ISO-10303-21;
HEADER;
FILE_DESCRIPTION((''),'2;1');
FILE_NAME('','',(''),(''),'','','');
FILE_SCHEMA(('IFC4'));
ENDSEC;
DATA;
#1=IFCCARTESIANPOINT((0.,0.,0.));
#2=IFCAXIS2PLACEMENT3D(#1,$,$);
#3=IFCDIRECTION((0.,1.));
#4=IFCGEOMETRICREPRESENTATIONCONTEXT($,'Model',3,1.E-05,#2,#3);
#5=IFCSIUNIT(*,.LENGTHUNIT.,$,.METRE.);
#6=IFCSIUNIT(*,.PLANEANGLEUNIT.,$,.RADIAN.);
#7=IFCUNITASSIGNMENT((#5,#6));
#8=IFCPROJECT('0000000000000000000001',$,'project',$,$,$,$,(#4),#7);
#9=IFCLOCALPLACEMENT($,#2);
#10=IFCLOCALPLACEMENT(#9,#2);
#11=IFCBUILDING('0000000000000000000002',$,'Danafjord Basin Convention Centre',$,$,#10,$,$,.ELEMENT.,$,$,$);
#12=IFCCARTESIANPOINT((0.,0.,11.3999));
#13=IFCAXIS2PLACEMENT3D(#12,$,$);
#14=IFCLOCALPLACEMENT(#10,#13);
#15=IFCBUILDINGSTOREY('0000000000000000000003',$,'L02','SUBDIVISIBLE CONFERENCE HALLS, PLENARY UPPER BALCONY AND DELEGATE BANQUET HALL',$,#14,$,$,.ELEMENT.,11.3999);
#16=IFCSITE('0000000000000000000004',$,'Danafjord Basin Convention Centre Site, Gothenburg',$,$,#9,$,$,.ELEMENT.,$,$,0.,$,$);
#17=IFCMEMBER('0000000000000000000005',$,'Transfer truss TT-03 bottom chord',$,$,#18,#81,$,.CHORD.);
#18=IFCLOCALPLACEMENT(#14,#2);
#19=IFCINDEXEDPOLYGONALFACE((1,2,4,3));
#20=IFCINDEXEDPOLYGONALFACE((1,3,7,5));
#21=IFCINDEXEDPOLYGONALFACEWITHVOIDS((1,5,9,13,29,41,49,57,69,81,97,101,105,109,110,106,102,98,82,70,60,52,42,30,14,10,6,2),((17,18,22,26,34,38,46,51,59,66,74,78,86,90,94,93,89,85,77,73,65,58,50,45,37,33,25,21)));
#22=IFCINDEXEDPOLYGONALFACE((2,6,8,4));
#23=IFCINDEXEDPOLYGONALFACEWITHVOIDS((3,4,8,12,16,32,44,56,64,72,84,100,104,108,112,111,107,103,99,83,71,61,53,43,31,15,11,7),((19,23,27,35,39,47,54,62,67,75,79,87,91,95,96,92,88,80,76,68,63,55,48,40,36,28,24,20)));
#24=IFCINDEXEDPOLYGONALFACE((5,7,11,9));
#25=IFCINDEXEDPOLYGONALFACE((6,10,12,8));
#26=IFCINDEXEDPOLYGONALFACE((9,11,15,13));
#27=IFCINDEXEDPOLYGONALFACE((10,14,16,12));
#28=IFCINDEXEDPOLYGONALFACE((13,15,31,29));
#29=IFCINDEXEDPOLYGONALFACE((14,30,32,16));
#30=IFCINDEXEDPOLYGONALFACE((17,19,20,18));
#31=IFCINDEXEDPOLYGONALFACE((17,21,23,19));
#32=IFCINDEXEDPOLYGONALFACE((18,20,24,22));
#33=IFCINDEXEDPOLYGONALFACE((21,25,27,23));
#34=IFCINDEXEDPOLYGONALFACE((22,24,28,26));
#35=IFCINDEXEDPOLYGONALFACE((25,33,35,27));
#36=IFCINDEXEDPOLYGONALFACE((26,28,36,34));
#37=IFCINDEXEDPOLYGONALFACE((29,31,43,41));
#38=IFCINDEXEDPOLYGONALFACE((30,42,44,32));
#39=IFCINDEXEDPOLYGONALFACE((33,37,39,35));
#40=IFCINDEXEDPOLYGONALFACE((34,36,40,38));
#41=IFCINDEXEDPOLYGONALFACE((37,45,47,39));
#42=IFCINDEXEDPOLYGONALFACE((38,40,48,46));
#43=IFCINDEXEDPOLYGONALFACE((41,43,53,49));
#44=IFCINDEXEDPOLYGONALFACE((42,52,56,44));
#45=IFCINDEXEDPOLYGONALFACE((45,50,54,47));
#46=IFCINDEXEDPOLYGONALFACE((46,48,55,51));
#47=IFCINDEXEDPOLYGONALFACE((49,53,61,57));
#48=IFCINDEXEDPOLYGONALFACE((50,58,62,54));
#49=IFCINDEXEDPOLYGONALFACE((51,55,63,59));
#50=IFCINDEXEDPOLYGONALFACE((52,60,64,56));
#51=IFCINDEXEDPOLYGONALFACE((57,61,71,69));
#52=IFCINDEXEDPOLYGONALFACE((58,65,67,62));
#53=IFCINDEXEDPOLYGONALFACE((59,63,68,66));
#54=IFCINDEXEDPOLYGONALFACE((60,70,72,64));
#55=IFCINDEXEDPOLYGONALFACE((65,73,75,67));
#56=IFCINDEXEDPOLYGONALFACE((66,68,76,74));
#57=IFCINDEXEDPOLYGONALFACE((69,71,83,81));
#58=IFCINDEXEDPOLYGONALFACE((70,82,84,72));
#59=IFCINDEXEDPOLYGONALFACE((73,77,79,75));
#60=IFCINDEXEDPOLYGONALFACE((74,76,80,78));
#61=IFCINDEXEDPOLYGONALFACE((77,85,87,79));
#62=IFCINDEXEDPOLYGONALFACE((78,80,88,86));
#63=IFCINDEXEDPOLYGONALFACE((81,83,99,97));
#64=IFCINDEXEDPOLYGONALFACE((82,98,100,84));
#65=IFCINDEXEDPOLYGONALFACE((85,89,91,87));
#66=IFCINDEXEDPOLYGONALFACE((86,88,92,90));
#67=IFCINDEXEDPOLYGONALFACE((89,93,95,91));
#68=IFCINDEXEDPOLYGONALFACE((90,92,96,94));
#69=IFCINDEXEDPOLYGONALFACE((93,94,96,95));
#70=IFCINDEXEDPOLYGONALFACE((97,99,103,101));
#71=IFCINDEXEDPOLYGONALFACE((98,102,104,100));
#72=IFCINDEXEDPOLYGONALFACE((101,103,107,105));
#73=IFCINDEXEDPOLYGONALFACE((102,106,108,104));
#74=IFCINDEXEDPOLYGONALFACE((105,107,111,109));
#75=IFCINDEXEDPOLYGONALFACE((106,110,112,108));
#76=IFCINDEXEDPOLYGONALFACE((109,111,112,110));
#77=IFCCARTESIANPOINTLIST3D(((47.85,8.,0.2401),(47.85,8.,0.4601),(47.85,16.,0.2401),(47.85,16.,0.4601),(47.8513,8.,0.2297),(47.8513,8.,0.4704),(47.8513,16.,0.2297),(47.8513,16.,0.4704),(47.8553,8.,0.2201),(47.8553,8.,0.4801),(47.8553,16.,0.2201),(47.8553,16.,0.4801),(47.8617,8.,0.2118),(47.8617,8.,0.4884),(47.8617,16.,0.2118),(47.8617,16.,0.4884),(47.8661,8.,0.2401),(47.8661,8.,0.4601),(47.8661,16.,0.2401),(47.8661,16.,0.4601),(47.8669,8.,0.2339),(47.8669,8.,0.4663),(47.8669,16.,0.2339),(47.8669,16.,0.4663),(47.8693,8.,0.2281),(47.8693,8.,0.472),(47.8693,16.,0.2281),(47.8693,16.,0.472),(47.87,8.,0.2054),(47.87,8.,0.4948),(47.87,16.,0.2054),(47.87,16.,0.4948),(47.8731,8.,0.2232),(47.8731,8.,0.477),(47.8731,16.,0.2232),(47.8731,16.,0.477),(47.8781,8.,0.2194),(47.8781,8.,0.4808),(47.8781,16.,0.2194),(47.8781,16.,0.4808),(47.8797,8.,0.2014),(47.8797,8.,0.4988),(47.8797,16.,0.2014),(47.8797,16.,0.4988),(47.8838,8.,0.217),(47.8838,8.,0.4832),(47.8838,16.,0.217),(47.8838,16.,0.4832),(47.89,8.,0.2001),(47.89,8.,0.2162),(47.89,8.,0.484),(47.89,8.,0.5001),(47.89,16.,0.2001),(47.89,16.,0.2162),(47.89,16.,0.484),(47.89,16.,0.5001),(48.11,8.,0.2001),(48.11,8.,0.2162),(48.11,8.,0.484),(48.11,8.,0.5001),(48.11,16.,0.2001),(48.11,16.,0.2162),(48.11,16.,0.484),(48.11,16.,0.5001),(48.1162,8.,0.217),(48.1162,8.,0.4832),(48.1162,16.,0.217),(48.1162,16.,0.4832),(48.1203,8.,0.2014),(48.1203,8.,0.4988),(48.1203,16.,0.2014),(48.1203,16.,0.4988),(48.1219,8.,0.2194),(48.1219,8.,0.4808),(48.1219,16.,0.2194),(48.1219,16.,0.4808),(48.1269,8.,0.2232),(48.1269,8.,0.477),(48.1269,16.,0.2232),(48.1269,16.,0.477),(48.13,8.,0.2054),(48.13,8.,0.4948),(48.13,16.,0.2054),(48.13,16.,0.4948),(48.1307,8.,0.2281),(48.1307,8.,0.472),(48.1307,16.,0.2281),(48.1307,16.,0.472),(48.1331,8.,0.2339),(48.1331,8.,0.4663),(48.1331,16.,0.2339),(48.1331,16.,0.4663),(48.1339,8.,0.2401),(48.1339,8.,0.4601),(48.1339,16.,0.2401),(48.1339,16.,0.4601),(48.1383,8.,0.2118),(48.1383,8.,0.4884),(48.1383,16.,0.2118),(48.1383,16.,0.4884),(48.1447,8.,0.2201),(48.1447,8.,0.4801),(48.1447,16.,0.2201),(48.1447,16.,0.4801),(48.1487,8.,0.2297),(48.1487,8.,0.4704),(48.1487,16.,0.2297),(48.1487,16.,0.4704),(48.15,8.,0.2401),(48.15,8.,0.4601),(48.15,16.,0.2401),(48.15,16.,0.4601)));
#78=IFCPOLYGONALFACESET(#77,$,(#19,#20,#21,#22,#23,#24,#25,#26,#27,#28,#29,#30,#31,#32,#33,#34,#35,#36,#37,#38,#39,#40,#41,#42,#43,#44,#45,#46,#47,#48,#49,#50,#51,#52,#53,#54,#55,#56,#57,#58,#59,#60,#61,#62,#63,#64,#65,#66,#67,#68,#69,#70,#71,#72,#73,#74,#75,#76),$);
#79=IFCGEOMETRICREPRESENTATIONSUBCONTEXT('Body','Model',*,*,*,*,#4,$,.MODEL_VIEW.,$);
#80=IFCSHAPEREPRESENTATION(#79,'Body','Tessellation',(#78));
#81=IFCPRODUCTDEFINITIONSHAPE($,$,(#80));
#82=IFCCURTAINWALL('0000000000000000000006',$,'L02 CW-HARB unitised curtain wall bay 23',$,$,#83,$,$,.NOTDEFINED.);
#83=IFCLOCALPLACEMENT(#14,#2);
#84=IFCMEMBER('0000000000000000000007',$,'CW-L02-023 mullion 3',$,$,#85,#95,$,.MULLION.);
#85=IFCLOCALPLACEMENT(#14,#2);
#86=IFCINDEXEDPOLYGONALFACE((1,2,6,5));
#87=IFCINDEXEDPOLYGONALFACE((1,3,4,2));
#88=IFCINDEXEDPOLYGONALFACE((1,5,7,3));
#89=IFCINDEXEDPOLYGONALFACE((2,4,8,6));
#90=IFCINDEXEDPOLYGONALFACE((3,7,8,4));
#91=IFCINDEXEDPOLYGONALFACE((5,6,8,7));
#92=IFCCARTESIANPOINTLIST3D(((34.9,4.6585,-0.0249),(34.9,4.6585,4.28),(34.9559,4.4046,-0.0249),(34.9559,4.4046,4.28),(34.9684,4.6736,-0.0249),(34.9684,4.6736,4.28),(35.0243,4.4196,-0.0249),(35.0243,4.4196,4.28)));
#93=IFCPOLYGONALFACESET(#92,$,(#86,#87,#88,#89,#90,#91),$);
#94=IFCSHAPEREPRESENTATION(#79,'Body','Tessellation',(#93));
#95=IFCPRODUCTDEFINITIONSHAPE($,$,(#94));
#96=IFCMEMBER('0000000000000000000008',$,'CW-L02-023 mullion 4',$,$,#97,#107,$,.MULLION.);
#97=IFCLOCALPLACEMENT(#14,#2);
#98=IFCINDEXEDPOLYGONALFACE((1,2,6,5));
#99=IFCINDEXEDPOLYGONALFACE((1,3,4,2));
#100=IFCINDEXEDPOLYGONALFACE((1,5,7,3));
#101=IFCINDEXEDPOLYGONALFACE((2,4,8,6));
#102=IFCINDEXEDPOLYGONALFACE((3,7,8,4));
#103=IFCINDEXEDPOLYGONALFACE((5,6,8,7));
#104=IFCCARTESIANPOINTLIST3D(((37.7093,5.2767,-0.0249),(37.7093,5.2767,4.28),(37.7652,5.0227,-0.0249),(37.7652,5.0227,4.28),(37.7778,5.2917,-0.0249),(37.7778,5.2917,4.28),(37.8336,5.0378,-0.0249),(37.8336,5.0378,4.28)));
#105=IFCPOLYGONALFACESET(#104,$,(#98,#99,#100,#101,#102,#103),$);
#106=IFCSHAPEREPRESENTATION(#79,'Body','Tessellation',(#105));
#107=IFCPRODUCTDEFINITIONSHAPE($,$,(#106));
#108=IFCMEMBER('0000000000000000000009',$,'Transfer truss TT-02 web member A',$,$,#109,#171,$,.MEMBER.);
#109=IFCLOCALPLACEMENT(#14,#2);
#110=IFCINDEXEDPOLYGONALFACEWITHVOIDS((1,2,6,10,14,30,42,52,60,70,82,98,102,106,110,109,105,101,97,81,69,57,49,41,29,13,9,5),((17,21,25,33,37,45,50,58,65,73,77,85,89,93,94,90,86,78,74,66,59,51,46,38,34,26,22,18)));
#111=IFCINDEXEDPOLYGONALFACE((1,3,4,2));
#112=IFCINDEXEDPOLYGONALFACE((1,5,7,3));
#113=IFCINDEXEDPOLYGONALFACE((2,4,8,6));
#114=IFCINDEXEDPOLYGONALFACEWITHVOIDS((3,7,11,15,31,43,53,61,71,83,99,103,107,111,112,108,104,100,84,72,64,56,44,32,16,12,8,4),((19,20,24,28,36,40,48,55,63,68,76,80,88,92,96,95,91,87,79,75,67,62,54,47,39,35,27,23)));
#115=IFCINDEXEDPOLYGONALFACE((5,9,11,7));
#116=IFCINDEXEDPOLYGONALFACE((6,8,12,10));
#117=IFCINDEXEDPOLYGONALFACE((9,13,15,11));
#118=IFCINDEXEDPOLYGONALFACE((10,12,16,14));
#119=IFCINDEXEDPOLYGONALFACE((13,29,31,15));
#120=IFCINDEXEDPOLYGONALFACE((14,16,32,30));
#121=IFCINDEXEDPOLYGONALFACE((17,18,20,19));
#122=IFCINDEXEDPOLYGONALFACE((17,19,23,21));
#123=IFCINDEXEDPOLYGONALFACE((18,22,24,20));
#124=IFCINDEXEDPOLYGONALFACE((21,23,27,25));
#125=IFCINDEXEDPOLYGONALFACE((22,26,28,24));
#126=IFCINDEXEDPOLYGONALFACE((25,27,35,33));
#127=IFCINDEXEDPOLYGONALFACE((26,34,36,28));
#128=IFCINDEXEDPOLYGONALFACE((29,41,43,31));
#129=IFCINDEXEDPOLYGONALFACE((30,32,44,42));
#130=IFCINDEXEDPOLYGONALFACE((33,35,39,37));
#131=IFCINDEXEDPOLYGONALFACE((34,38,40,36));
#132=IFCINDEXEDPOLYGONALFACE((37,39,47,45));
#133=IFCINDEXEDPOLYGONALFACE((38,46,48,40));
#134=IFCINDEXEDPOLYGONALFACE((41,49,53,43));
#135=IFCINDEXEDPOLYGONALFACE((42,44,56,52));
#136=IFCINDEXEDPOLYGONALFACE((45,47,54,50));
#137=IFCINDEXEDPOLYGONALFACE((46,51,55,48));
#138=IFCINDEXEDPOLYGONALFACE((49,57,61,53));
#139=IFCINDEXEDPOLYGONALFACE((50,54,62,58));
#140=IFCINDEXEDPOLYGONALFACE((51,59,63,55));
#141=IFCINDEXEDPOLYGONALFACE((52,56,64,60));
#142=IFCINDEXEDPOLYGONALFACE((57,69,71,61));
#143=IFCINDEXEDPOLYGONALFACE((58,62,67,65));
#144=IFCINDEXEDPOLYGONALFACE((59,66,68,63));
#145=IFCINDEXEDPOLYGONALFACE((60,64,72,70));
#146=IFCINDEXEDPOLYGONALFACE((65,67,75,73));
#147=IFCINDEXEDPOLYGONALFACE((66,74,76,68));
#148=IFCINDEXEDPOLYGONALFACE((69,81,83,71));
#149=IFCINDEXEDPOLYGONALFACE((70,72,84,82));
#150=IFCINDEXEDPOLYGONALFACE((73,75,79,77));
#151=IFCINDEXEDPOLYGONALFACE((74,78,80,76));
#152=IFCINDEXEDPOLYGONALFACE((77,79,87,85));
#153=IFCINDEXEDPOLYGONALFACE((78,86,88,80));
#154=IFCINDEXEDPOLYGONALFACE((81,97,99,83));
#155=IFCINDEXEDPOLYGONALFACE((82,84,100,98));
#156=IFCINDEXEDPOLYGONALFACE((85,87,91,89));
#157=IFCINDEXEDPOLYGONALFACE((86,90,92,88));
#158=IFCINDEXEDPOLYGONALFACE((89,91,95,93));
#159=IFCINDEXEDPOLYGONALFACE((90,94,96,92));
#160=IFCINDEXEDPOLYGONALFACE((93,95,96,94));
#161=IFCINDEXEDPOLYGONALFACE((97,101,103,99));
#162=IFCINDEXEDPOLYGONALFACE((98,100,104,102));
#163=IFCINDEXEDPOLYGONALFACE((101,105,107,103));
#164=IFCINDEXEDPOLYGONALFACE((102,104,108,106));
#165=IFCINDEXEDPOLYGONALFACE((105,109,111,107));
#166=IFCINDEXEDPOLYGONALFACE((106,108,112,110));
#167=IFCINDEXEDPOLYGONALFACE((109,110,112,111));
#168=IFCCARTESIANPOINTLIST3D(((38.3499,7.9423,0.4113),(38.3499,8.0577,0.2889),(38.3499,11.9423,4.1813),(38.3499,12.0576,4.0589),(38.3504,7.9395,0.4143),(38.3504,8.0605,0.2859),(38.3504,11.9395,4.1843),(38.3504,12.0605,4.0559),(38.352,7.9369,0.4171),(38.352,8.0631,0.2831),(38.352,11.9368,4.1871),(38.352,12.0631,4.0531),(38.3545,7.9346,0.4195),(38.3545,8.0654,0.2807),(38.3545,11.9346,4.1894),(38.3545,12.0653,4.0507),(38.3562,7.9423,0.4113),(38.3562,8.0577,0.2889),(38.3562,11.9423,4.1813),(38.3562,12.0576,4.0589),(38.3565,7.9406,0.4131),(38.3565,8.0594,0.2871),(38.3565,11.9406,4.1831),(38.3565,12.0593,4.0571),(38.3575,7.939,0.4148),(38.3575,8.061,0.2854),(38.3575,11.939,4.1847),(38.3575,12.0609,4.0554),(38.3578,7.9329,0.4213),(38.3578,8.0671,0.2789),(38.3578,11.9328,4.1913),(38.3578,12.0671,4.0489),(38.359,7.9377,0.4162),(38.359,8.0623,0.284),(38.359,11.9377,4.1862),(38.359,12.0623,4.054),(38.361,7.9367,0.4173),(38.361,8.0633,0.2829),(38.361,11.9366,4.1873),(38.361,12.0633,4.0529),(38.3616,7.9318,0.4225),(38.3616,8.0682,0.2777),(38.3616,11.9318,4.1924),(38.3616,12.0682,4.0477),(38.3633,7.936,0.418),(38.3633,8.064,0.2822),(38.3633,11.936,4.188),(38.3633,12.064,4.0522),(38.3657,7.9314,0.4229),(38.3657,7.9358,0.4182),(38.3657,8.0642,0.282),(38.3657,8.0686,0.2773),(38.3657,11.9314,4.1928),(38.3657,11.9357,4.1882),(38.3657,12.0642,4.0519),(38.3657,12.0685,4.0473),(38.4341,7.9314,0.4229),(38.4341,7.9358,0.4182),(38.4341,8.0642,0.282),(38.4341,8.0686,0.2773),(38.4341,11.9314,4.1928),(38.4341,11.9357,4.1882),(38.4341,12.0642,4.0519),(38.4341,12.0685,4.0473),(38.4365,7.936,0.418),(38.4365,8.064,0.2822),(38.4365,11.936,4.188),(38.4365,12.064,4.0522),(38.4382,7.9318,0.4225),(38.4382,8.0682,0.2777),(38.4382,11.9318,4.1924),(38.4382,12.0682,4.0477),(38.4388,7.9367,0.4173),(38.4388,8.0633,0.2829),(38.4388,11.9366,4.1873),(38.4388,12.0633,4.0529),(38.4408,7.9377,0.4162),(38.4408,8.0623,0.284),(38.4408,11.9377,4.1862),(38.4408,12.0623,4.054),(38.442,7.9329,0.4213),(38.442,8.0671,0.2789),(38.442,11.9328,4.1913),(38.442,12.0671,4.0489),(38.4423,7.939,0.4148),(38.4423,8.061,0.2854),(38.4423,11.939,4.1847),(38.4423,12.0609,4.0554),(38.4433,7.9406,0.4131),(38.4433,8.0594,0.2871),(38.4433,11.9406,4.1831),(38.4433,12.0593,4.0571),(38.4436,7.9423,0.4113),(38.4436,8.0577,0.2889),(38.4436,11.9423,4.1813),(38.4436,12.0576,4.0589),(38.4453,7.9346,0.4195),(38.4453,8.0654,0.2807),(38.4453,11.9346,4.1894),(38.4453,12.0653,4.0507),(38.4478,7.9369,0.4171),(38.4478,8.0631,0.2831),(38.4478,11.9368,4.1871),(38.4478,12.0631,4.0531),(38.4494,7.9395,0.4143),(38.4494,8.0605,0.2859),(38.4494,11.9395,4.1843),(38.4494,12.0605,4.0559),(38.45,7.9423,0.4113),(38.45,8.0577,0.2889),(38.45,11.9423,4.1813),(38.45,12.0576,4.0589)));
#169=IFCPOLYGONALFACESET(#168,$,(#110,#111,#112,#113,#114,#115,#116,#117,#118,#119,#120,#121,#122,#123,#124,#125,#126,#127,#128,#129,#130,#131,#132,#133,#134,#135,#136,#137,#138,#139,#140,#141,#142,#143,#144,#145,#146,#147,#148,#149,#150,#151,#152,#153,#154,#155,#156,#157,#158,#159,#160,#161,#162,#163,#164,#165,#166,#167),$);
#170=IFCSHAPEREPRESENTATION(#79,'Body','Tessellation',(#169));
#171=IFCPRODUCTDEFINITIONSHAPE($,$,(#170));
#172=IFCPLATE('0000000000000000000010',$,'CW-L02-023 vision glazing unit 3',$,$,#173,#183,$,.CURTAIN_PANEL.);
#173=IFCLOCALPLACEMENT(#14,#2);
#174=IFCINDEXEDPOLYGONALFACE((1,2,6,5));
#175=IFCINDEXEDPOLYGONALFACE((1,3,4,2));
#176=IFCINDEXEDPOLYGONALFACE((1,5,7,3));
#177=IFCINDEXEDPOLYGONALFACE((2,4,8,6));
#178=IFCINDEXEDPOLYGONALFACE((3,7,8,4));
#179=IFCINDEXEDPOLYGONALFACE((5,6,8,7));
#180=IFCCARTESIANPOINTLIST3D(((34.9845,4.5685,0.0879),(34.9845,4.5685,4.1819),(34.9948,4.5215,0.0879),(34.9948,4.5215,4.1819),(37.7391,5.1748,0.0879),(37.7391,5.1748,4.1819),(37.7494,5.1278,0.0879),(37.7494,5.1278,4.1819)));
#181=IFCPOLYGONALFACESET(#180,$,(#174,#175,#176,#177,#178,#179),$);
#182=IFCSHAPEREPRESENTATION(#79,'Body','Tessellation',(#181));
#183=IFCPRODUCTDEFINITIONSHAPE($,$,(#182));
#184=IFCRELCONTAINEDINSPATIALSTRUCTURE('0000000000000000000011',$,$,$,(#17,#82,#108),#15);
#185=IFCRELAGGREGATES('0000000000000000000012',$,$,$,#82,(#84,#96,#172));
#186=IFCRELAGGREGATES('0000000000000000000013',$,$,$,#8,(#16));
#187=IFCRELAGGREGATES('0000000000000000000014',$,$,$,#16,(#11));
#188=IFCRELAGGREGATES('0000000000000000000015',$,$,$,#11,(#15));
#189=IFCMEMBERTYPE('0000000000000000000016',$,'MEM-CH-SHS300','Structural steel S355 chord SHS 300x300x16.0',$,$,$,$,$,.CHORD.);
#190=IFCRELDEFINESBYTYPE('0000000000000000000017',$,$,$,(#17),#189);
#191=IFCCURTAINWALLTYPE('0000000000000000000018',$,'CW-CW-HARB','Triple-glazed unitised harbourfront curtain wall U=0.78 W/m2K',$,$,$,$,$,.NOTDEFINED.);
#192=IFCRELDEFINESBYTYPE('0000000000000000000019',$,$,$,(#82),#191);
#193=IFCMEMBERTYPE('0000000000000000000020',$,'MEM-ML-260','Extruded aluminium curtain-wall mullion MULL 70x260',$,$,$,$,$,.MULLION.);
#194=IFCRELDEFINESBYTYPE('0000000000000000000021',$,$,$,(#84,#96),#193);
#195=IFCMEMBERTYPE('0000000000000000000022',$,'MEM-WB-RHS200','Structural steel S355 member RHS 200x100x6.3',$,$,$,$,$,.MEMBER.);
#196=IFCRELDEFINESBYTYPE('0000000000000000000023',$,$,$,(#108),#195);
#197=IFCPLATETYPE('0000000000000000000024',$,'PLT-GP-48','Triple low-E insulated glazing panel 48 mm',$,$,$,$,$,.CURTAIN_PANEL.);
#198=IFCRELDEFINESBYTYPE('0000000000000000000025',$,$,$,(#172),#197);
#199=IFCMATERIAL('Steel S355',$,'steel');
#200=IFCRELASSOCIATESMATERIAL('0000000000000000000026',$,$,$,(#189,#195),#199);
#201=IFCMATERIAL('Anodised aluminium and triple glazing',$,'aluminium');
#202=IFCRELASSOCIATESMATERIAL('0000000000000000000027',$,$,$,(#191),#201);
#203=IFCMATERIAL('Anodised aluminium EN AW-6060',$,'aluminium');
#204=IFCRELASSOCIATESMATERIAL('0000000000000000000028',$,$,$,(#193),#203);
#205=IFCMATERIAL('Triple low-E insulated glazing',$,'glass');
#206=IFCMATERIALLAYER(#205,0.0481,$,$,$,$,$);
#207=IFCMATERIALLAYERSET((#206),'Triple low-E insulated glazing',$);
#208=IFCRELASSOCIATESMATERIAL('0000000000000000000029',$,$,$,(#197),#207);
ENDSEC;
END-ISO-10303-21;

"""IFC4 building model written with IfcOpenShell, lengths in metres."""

from ifc_helpers import new_model, si_unit, direction, frame, origin, origin_2d, place, context, subcontext, project, spatial, rectangle, hollow_rectangle, extrude, material, layer, layer_set, material_profile, profile_set, type_object, element, aggregate, save


model = new_model("IFC4")

# Units and contexts
model_context = context("Model", 3, precision=1e-05, world=origin(), true_north=direction((0.0, 1.0)))
body_context = subcontext(model_context, "Body", "Model", "MODEL_VIEW")
ifc_project = project(units=[si_unit("LENGTHUNIT", "METRE"), si_unit("PLANEANGLEUNIT", "RADIAN")], contexts=[model_context])

# Site, building, storey
site_placement = place(None, origin())
site = spatial("IfcSite", under=ifc_project, at=site_placement, Name="Danafjord Basin Convention Centre Site, Gothenburg", CompositionType="ELEMENT", RefElevation=0.0)
building_placement = place(site_placement, origin())
building = spatial("IfcBuilding", under=site, at=building_placement, Name="Danafjord Basin Convention Centre", CompositionType="ELEMENT")
storey_placement = place(building_placement, frame((0.0, 0.0, 11.3999)))
storey = spatial("IfcBuildingStorey", under=building, at=storey_placement, Name="L02", Description="SUBDIVISIBLE CONFERENCE HALLS, PLENARY UPPER BALCONY AND DELEGATE BANQUET HALL", CompositionType="ELEMENT", Elevation=11.3999)

# Shared definitions
ifc_material_1 = material(Name="Steel S355", Category="steel")

# Member
ifc_material_profile_1 = material_profile(ifc_material_1, hollow_rectangle(XDim=0.3, YDim=0.3, WallThickness=0.0161, InnerFilletRadius=0.0239, OuterFilletRadius=0.04, at=origin_2d()), Name="SHS 300x300x16.0")
ifc_profile_set_1 = profile_set([ifc_material_profile_1], Name="Steel S355")
member_type_1 = type_object("IfcMemberType", Name="MEM-CH-SHS300", Description="Structural steel S355 chord SHS 300x300x16.0", PredefinedType="CHORD", material=ifc_profile_set_1)
for number, where, z_axis, x_axis, name in (
    (1, (48.0, 8.0, 0.3501), (0.0, 1.0, 0.0), (-1.0, 0.0, 0.0), "Transfer truss TT-03 bottom chord"),
):
    element("IfcMember", number, at=place(storey_placement, frame(where, z_axis=z_axis, x_axis=x_axis)), inside=storey, type_object=member_type_1, Name=name, PredefinedType="CHORD", context=body_context, shape_type="SweptSolid", body=[
        extrude(hollow_rectangle(XDim=0.3, YDim=0.3, WallThickness=0.0161, InnerFilletRadius=0.0239, OuterFilletRadius=0.04, at=origin_2d()), origin(), (0.0, 0.0, 1.0), 8.0),
    ])

# Curtain wall, members
ifc_material_2 = material(Name="Anodised aluminium and triple glazing", Category="aluminium")
curtain_wall_type = type_object("IfcCurtainWallType", Name="CW-CW-HARB", Description="Triple-glazed unitised harbourfront curtain wall U=0.78 W/m2K", PredefinedType="NOTDEFINED", material=ifc_material_2)
curtain_wall_placement = place(storey_placement, origin())
curtain_wall = element("IfcCurtainWall", 2, at=curtain_wall_placement, inside=storey, type_object=curtain_wall_type, Name="L02 CW-HARB unitised curtain wall bay 23", PredefinedType="NOTDEFINED")
ifc_material_3 = material(Name="Anodised aluminium EN AW-6060", Category="aluminium")
ifc_material_profile_2 = material_profile(ifc_material_3, rectangle(XDim=0.0701, YDim=0.26, at=origin_2d()), Name="MULL 70x260")
ifc_profile_set_2 = profile_set([ifc_material_profile_2], Name="Anodised aluminium EN AW-6060")
member_type_2 = type_object("IfcMemberType", Name="MEM-ML-260", Description="Extruded aluminium curtain-wall mullion MULL 70x260", PredefinedType="MULLION", material=ifc_profile_set_2)
member_1_placement = place(storey_placement, frame((34.9622, 4.5391, -0.0249), z_axis=(0.0, 0.0, 1.0), x_axis=(0.976623, 0.214959, 0.0)))
member_1 = element("IfcMember", 3, at=member_1_placement, type_object=member_type_2, Name="CW-L02-023 mullion 3", PredefinedType="MULLION", context=body_context, shape_type="SweptSolid", body=[
    extrude(rectangle(XDim=0.0701, YDim=0.26, at=origin_2d()), origin(), (0.0, 0.0, 1.0), 4.3049),
])
member_2_placement = place(storey_placement, frame((37.7715, 5.1572, -0.0249), z_axis=(0.0, 0.0, 1.0), x_axis=(0.976623, 0.214959, 0.0)))
member_2 = element("IfcMember", 4, at=member_2_placement, type_object=member_type_2, Name="CW-L02-023 mullion 4", PredefinedType="MULLION", context=body_context, shape_type="SweptSolid", body=[
    extrude(rectangle(XDim=0.0701, YDim=0.26, at=origin_2d()), origin(), (0.0, 0.0, 1.0), 4.3049),
])

# Member
ifc_material_profile_3 = material_profile(ifc_material_1, hollow_rectangle(XDim=0.1001, YDim=0.2, WallThickness=0.0063, InnerFilletRadius=0.0095, OuterFilletRadius=0.0159, at=origin_2d()), Name="RHS 200x100x6.3")
ifc_profile_set_3 = profile_set([ifc_material_profile_3], Name="Steel S355")
member_type_3 = type_object("IfcMemberType", Name="MEM-WB-RHS200", Description="Structural steel S355 member RHS 200x100x6.3", PredefinedType="MEMBER", material=ifc_profile_set_3)
member_3_placement = place(storey_placement, frame((38.3999, 8.0, 0.3501), z_axis=(0.0, 0.727717, 0.685877), x_axis=(-1.0, 0.0, 0.0)))
element("IfcMember", 5, at=member_3_placement, inside=storey, type_object=member_type_3, Name="Transfer truss TT-02 web member A", PredefinedType="MEMBER", context=body_context, shape_type="SweptSolid", body=[
    extrude(hollow_rectangle(XDim=0.1001, YDim=0.2, WallThickness=0.0063, InnerFilletRadius=0.0095, OuterFilletRadius=0.0159, at=origin_2d()), origin(), (0.0, 0.0, 1.0), 5.4966),
])

# Plate
ifc_material_4 = material(Name="Triple low-E insulated glazing", Category="glass")
ifc_layer_1 = layer(ifc_material_4, 0.0481)
ifc_layer_set_1 = layer_set([ifc_layer_1], Name="Triple low-E insulated glazing")
plate_type = type_object("IfcPlateType", Name="PLT-GP-48", Description="Triple low-E insulated glazing panel 48 mm", PredefinedType="CURTAIN_PANEL", material=ifc_layer_set_1)
plate_placement = place(storey_placement, frame((36.3669, 4.8481, 0.0879), z_axis=(0.0, 0.0, 1.0), x_axis=(0.976623, 0.214959, 0.0)))
plate = element("IfcPlate", 6, at=plate_placement, type_object=plate_type, Name="CW-L02-023 vision glazing unit 3", PredefinedType="CURTAIN_PANEL", context=body_context, shape_type="SweptSolid", body=[
    extrude(rectangle(XDim=2.8206, YDim=0.0481, at=origin_2d()), origin(), (0.0, 0.0, 1.0), 4.094),
])
aggregate(curtain_wall, [member_1, member_2, plate])

save(model, "model.ifc")
